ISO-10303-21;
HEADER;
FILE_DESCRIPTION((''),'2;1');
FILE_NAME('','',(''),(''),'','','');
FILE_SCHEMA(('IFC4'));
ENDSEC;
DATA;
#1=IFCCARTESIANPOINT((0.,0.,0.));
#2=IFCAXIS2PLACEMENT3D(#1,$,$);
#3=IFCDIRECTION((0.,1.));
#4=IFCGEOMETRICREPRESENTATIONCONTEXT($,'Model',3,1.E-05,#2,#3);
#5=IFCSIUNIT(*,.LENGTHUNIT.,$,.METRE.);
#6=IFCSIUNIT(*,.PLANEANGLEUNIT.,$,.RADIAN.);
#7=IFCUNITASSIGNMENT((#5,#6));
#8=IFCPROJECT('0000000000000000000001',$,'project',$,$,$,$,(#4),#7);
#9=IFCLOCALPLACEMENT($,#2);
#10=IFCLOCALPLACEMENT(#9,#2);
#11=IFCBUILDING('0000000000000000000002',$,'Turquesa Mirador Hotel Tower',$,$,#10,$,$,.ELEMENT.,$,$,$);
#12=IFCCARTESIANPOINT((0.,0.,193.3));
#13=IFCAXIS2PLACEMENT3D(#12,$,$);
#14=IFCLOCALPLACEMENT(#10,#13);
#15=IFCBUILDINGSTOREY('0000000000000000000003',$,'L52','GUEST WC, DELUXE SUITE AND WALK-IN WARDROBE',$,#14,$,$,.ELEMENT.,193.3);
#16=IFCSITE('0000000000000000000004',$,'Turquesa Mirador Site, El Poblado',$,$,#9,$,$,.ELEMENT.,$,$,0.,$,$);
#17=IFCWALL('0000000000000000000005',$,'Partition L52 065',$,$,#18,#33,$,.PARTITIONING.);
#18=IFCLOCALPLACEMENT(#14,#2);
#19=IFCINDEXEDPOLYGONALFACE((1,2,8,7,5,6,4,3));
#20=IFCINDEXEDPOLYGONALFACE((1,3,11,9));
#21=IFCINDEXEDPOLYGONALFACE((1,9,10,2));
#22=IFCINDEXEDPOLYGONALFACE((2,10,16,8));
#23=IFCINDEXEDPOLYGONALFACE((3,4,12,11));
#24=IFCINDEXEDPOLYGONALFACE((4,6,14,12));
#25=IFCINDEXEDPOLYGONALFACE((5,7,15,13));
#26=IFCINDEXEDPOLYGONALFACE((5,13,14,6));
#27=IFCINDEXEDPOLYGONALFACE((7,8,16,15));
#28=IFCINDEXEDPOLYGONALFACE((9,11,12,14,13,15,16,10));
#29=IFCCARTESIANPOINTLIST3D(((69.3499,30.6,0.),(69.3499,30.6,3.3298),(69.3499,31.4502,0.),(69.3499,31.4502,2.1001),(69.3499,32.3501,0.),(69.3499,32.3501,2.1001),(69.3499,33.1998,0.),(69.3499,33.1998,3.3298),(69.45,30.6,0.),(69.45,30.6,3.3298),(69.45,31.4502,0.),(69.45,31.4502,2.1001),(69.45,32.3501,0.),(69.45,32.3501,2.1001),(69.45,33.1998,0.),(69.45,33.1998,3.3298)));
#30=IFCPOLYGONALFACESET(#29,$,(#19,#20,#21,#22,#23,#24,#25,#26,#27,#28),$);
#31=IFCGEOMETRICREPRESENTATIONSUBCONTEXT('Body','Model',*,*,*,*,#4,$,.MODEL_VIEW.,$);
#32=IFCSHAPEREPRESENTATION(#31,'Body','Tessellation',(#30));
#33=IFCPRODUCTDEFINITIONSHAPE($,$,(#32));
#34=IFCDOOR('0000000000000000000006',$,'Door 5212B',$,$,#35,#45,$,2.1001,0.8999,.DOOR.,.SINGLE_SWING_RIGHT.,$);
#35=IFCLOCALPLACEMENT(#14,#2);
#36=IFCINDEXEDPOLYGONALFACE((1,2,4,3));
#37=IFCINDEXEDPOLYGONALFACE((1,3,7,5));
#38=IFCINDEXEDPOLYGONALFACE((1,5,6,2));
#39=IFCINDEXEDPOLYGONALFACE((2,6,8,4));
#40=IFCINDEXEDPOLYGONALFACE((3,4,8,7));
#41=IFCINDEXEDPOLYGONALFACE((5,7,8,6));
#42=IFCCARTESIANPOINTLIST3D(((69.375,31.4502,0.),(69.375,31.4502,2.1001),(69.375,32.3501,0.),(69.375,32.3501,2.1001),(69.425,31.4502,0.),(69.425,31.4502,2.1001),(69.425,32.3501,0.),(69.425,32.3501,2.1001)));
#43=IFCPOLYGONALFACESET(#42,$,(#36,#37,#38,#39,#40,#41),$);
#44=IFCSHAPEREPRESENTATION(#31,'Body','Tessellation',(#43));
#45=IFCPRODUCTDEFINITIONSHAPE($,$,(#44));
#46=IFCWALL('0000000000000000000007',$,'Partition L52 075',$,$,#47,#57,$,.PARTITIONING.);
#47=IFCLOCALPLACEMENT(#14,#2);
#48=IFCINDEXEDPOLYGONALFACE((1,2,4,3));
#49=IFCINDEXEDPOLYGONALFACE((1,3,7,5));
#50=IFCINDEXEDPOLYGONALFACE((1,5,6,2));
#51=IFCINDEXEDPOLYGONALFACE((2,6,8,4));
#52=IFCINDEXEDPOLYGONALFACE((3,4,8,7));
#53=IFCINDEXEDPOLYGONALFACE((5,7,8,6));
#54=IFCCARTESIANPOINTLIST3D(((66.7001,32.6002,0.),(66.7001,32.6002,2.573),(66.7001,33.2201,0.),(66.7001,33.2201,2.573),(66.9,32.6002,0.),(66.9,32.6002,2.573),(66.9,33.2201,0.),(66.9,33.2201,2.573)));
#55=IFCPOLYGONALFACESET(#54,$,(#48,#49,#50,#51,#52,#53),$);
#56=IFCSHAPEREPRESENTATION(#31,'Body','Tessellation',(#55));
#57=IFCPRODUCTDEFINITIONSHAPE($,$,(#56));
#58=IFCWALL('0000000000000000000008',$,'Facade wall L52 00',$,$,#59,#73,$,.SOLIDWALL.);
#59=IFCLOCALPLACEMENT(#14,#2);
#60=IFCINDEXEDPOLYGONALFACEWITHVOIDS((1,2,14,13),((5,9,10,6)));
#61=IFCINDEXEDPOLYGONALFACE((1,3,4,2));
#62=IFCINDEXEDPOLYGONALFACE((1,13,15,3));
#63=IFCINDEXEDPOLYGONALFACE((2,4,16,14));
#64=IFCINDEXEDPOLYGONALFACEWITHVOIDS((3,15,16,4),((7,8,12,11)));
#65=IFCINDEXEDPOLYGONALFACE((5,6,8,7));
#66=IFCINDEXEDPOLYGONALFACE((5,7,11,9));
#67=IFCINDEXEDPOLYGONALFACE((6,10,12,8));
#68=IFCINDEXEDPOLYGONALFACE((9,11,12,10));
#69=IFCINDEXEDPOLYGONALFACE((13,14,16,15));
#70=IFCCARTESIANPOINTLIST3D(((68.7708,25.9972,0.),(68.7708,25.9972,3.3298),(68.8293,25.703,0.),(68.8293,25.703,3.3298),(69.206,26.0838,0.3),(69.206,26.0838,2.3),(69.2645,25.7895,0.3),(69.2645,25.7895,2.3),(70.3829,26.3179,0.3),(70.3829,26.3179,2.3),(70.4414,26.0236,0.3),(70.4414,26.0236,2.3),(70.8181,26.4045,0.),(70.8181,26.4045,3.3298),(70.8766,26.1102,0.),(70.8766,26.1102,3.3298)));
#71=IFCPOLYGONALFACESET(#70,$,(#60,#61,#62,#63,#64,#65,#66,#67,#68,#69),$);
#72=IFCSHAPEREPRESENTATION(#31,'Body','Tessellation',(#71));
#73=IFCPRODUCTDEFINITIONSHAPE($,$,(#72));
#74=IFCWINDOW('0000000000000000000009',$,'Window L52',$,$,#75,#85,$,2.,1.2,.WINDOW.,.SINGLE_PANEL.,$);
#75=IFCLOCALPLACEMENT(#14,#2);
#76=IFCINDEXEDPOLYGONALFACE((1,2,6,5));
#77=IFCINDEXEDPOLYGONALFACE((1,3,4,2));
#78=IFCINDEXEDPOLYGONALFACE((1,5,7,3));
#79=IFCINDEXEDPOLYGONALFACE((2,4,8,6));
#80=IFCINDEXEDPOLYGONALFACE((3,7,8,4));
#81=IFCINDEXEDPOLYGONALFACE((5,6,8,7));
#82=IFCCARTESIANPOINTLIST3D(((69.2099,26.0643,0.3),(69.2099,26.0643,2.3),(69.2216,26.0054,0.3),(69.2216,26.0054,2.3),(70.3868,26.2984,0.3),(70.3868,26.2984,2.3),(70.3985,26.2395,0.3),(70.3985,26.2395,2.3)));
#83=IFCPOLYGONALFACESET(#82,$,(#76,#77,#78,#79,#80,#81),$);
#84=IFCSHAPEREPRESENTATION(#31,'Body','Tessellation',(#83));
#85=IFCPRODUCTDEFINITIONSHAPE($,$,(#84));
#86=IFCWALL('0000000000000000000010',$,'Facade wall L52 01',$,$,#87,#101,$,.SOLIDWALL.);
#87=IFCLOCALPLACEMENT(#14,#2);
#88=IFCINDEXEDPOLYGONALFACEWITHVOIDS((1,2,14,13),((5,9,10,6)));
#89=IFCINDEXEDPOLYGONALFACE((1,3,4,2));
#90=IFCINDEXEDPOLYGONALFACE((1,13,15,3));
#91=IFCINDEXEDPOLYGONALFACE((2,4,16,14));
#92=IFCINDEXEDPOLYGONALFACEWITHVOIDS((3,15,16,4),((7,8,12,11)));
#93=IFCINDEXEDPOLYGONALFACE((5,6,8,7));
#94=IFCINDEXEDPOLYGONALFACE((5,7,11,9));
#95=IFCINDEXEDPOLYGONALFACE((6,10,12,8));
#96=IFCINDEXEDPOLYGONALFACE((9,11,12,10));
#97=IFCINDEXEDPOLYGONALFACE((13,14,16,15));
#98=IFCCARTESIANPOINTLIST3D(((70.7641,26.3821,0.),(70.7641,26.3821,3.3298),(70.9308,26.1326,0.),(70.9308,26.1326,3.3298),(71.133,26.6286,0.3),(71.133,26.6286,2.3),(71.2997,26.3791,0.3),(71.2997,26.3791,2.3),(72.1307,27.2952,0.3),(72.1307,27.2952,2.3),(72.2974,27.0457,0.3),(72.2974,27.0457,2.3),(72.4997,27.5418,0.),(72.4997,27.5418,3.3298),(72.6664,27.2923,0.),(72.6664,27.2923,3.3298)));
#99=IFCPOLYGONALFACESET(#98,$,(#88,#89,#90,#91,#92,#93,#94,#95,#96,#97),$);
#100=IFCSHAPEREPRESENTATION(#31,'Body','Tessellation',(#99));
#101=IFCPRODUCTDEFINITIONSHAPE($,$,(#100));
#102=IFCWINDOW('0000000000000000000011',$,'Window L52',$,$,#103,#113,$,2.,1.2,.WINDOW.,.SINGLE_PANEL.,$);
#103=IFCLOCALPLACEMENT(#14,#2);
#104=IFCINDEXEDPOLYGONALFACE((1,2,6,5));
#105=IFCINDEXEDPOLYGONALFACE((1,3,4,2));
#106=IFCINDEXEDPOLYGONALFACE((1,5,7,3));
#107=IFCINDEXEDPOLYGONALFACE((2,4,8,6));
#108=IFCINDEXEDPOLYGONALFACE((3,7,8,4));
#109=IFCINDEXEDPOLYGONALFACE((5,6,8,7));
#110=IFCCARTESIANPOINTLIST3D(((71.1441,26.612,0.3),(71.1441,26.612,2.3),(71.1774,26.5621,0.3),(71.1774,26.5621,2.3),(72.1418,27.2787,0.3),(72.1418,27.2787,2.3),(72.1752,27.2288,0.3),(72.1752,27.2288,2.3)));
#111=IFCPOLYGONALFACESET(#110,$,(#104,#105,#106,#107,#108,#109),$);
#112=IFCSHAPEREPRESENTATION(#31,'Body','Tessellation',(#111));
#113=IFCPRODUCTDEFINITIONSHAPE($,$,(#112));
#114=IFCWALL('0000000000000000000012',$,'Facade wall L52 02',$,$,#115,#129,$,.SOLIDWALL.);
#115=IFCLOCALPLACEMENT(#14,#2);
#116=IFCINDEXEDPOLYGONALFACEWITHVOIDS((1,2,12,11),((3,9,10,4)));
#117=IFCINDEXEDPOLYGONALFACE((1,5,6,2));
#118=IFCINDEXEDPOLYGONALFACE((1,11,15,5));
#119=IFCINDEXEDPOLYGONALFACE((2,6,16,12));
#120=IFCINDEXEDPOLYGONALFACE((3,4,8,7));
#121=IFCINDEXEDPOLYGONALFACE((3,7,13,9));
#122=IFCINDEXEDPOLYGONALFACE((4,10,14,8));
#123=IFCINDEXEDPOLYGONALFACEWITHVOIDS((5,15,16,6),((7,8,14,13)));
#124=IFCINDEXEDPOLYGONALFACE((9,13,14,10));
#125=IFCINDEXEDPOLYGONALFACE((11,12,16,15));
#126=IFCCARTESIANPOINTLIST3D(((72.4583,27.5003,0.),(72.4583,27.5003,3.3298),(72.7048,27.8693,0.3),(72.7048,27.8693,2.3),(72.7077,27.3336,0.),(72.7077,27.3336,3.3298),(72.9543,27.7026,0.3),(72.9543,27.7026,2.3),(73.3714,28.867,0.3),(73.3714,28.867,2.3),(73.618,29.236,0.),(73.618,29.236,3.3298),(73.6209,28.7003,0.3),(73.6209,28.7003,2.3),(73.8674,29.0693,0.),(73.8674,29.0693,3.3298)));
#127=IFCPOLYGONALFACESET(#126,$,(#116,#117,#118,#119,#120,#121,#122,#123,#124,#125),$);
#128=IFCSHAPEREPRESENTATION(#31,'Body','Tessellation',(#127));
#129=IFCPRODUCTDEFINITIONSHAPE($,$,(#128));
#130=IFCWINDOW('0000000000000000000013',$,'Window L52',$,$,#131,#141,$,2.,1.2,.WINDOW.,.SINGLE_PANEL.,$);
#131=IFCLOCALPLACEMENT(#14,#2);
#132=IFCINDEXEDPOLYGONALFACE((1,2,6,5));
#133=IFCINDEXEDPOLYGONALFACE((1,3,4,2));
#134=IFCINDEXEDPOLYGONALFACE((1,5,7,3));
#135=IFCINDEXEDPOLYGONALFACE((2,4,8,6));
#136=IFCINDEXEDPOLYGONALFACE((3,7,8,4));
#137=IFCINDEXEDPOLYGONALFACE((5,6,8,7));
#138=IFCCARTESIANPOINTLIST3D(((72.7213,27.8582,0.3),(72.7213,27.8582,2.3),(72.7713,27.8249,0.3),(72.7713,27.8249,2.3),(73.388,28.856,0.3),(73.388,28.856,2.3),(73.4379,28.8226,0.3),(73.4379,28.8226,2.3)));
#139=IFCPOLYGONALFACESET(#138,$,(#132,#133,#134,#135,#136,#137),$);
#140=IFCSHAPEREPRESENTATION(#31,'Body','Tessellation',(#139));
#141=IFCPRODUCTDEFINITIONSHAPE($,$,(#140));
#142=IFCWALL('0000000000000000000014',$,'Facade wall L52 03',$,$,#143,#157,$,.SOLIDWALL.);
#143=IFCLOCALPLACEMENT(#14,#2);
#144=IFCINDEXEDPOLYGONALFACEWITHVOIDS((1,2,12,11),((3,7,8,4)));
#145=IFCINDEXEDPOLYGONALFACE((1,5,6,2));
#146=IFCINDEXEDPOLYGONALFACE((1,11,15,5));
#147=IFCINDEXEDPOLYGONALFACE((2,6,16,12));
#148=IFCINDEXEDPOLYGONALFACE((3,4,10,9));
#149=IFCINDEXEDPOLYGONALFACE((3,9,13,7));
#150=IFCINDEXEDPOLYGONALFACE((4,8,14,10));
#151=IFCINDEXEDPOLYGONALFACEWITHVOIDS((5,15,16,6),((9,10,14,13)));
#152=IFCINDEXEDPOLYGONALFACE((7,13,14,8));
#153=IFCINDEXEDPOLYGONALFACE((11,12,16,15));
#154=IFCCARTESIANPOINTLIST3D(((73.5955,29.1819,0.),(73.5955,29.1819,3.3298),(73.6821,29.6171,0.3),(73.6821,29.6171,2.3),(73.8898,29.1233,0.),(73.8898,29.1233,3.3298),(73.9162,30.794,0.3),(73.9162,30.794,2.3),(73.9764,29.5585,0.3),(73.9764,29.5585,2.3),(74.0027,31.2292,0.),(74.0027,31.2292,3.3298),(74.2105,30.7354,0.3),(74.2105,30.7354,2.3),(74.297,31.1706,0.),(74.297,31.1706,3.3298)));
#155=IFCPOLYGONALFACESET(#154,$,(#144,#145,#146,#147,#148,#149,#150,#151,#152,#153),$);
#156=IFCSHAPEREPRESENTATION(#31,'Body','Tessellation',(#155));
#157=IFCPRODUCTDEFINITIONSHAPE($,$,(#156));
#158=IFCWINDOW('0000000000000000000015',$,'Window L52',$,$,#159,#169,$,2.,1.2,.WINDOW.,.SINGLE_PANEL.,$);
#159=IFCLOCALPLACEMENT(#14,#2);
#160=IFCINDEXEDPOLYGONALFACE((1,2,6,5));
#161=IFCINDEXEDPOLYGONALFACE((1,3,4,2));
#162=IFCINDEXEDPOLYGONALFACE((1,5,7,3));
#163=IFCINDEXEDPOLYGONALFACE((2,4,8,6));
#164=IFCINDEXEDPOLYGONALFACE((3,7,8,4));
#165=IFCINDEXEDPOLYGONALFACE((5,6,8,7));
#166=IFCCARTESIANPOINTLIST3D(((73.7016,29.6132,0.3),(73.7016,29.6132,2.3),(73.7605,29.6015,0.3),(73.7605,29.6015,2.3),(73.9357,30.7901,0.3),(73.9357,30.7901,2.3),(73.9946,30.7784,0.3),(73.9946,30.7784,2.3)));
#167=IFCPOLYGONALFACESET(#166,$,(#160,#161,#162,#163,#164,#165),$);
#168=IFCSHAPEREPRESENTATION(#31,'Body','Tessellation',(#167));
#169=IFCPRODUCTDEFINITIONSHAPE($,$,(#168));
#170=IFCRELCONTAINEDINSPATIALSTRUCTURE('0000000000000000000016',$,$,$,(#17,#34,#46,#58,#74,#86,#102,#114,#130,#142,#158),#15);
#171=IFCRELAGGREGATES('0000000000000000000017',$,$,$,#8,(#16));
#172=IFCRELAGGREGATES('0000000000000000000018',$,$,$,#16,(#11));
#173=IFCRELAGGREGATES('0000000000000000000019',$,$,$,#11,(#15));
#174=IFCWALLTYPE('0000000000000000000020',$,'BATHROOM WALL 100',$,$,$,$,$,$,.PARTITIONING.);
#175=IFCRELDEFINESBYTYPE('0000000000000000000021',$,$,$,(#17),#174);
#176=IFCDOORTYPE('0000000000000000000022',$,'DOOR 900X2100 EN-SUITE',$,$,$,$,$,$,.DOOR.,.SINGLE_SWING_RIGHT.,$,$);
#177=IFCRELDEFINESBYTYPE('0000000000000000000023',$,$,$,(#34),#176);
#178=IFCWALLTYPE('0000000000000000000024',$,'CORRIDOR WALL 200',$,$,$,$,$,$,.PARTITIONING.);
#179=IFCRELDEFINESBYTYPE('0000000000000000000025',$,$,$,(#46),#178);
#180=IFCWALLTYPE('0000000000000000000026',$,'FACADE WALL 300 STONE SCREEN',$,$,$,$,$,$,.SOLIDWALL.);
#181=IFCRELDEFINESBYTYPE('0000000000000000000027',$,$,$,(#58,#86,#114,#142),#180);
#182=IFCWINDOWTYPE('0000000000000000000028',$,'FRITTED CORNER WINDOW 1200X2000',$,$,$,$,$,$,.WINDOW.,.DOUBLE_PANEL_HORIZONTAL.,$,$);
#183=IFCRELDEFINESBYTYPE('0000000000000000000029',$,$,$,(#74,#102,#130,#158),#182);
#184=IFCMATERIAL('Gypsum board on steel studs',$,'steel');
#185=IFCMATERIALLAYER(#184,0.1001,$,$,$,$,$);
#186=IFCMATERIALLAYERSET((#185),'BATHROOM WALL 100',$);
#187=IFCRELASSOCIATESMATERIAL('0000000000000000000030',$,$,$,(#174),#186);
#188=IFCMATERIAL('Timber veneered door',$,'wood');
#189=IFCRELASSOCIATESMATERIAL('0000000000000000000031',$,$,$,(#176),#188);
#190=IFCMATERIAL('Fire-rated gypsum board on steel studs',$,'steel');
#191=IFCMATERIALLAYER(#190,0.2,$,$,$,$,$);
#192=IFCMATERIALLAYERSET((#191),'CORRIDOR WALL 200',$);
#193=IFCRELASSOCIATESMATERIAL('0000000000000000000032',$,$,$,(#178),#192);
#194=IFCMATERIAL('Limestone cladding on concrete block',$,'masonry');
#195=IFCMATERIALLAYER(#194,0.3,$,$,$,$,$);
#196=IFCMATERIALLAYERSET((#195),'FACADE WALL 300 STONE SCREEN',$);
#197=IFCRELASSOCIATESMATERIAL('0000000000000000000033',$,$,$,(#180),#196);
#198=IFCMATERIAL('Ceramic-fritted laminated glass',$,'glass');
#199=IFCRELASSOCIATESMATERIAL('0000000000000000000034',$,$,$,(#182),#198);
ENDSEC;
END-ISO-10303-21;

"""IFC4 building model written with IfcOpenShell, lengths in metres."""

from ifc_helpers import new_model, si_unit, direction, frame, frame_2d, origin, place, context, subcontext, project, spatial, rectangle, extrude, material, layer, layer_set, type_object, element, fill, save


model = new_model("IFC4")

# Units and contexts
model_context = context("Model", 3, precision=1e-05, world=origin(), true_north=direction((0.0, 1.0)))
body_context = subcontext(model_context, "Body", "Model", "MODEL_VIEW")
ifc_project = project(units=[si_unit("LENGTHUNIT", "METRE"), si_unit("PLANEANGLEUNIT", "RADIAN")], contexts=[model_context])

# Site, building, storey
site_placement = place(None, origin())
site = spatial("IfcSite", under=ifc_project, at=site_placement, Name="Turquesa Mirador Site, El Poblado", CompositionType="ELEMENT", RefElevation=0.0)
building_placement = place(site_placement, origin())
building = spatial("IfcBuilding", under=site, at=building_placement, Name="Turquesa Mirador Hotel Tower", CompositionType="ELEMENT")
storey_placement = place(building_placement, frame((0.0, 0.0, 193.3)))
storey = spatial("IfcBuildingStorey", under=building, at=storey_placement, Name="L52", Description="GUEST WC, DELUXE SUITE AND WALK-IN WARDROBE", CompositionType="ELEMENT", Elevation=193.3)

# Shared definitions
ifc_material_1 = material(Name="Gypsum board on steel studs", Category="steel")
ifc_layer_1 = layer(ifc_material_1, 0.1001)
ifc_layer_set_1 = layer_set([ifc_layer_1], Name="BATHROOM WALL 100")
wall_type_1 = type_object("IfcWallType", Name="BATHROOM WALL 100", PredefinedType="PARTITIONING", material=ifc_layer_set_1)

# Wall, opening, door
wall_1_placement = place(storey_placement, frame((69.3999, 30.6001, 0.0), z_axis=(0.0, 0.0, 1.0), x_axis=(0.0, 1.0, 0.0)))
wall_1 = element("IfcWall", 1, at=wall_1_placement, inside=storey, type_object=wall_type_1, Name="Partition L52 065", PredefinedType="PARTITIONING", context=body_context, shape_type="SweptSolid", body=[
    extrude(rectangle(XDim=2.5999, YDim=0.1001, at=frame_2d((1.2998, 0.0))), origin(), (0.0, 0.0, 1.0), 3.3298),
])
opening_1_placement = place(wall_1_placement, frame((0.8501, 0.0, 0.0)))
opening_1 = element("IfcOpeningElement", 2, at=opening_1_placement, cuts=wall_1, PredefinedType="OPENING", context=body_context, shape_type="SweptSolid", body=[
    extrude(rectangle(XDim=0.8999, YDim=2.1001, at=frame_2d((0.45, 1.05))), frame((0.0, 0.0601, 0.0), z_axis=(0.0, -1.0, 0.0), x_axis=(1.0, 0.0, 0.0)), (0.0, 0.0, 1.0), 0.1201),
])
ifc_material_2 = material(Name="Timber veneered door", Category="wood")
door_type_1 = type_object("IfcDoorType", Name="DOOR 900X2100 EN-SUITE", OperationType="SINGLE_SWING_RIGHT", PredefinedType="DOOR", material=ifc_material_2)
door_1_placement = place(opening_1_placement, origin())
door_1 = element("IfcDoor", 3, at=door_1_placement, inside=storey, type_object=door_type_1, Name="Door 5212B", OperationType="SINGLE_SWING_RIGHT", OverallHeight=2.1001, OverallWidth=0.8999, PredefinedType="DOOR", context=body_context, shape_type="SweptSolid", body=[
    extrude(rectangle(XDim=0.8999, YDim=2.1001, at=frame_2d((0.45, 1.05))), frame((0.0, 0.0249, 0.0), z_axis=(0.0, -1.0, 0.0), x_axis=(1.0, 0.0, 0.0)), (0.0, 0.0, 1.0), 0.05),
])
fill(opening_1, door_1)

# Wall
ifc_material_3 = material(Name="Fire-rated gypsum board on steel studs", Category="steel")
ifc_layer_2 = layer(ifc_material_3, 0.2)
ifc_layer_set_2 = layer_set([ifc_layer_2], Name="CORRIDOR WALL 200")
wall_type_2 = type_object("IfcWallType", Name="CORRIDOR WALL 200", PredefinedType="PARTITIONING", material=ifc_layer_set_2)
wall_2_placement = place(storey_placement, frame((66.8, 32.6001, 0.0), z_axis=(0.0, 0.0, 1.0), x_axis=(0.0, 1.0, 0.0)))
element("IfcWall", 4, at=wall_2_placement, inside=storey, type_object=wall_type_2, Name="Partition L52 075", PredefinedType="PARTITIONING", context=body_context, shape_type="SweptSolid", body=[
    extrude(rectangle(XDim=0.6199, YDim=0.2, at=frame_2d((0.3101, 0.0))), origin(), (0.0, 0.0, 1.0), 2.573),
])

# Walls, openings, windows
ifc_material_4 = material(Name="Limestone cladding on concrete block", Category="masonry")
ifc_layer_3 = layer(ifc_material_4, 0.3)
ifc_layer_set_3 = layer_set([ifc_layer_3], Name="FACADE WALL 300 STONE SCREEN")
wall_type_3 = type_object("IfcWallType", Name="FACADE WALL 300 STONE SCREEN", PredefinedType="SOLIDWALL", material=ifc_layer_set_3)
wall_3_placement = place(storey_placement, frame((68.8, 25.8501, 0.0), z_axis=(0.0, 0.0, 1.0), x_axis=(0.980787, 0.195081, 0.0)))
wall_3 = element("IfcWall", 5, at=wall_3_placement, inside=storey, type_object=wall_type_3, Name="Facade wall L52 00", PredefinedType="SOLIDWALL", context=body_context, shape_type="SweptSolid", body=[
    extrude(rectangle(XDim=2.0874, YDim=0.3, at=frame_2d((1.0437, 0.0))), origin(), (0.0, 0.0, 1.0), 3.3298),
])
opening_2_placement = place(wall_3_placement, frame((0.4436, 0.0, 0.3)))
opening_2 = element("IfcOpeningElement", 6, at=opening_2_placement, cuts=wall_3, PredefinedType="OPENING", context=body_context, shape_type="SweptSolid", body=[
    extrude(rectangle(XDim=1.2, YDim=2.0, at=frame_2d((0.6001, 1.0))), frame((0.0, 0.1599, 0.0), z_axis=(0.0, -1.0, 0.0), x_axis=(1.0, 0.0, 0.0)), (0.0, 0.0, 1.0), 0.3201),
])
ifc_material_5 = material(Name="Ceramic-fritted laminated glass", Category="glass")
window_type_1 = type_object("IfcWindowType", Name="FRITTED CORNER WINDOW 1200X2000", PartitioningType="DOUBLE_PANEL_HORIZONTAL", PredefinedType="WINDOW", material=ifc_material_5)
window_1_placement = place(opening_2_placement, origin())
window_1 = element("IfcWindow", 7, at=window_1_placement, inside=storey, type_object=window_type_1, Name="Window L52", OverallHeight=2.0, OverallWidth=1.2, PartitioningType="SINGLE_PANEL", PredefinedType="WINDOW", context=body_context, shape_type="SweptSolid", body=[
    extrude(rectangle(XDim=1.2, YDim=2.0, at=frame_2d((0.6001, 1.0))), frame((0.0, 0.1301, 0.0), z_axis=(0.0, -1.0, 0.0), x_axis=(1.0, 0.0, 0.0)), (0.0, 0.0, 1.0), 0.0601),
])
fill(opening_2, window_1)
wall_4_placement = place(storey_placement, frame((70.8474, 26.2573, 0.0), z_axis=(0.0, 0.0, 1.0), x_axis=(0.831474, 0.555564, 0.0)))
wall_4 = element("IfcWall", 8, at=wall_4_placement, inside=storey, type_object=wall_type_3, Name="Facade wall L52 01", PredefinedType="SOLIDWALL", context=body_context, shape_type="SweptSolid", body=[
    extrude(rectangle(XDim=2.0874, YDim=0.3, at=frame_2d((1.0437, 0.0))), origin(), (0.0, 0.0, 1.0), 3.3298),
])
opening_3_placement = place(wall_4_placement, frame((0.4436, 0.0, 0.3)))
opening_3 = element("IfcOpeningElement", 9, at=opening_3_placement, cuts=wall_4, PredefinedType="OPENING", context=body_context, shape_type="SweptSolid", body=[
    extrude(rectangle(XDim=1.2, YDim=2.0, at=frame_2d((0.6001, 1.0))), frame((0.0, 0.1599, 0.0), z_axis=(0.0, -1.0, 0.0), x_axis=(1.0, 0.0, 0.0)), (0.0, 0.0, 1.0), 0.3201),
])
window_2_placement = place(opening_3_placement, origin())
window_2 = element("IfcWindow", 10, at=window_2_placement, inside=storey, type_object=window_type_1, Name="Window L52", OverallHeight=2.0, OverallWidth=1.2, PartitioningType="SINGLE_PANEL", PredefinedType="WINDOW", context=body_context, shape_type="SweptSolid", body=[
    extrude(rectangle(XDim=1.2, YDim=2.0, at=frame_2d((0.6001, 1.0))), frame((0.0, 0.1301, 0.0), z_axis=(0.0, -1.0, 0.0), x_axis=(1.0, 0.0, 0.0)), (0.0, 0.0, 1.0), 0.0601),
])
fill(opening_3, window_2)
wall_5_placement = place(storey_placement, frame((72.583, 27.417, 0.0), z_axis=(0.0, 0.0, 1.0), x_axis=(0.555564, 0.831474, 0.0)))
wall_5 = element("IfcWall", 11, at=wall_5_placement, inside=storey, type_object=wall_type_3, Name="Facade wall L52 02", PredefinedType="SOLIDWALL", context=body_context, shape_type="SweptSolid", body=[
    extrude(rectangle(XDim=2.0874, YDim=0.3, at=frame_2d((1.0437, 0.0))), origin(), (0.0, 0.0, 1.0), 3.3298),
])
opening_4_placement = place(wall_5_placement, frame((0.4436, 0.0, 0.3)))
opening_4 = element("IfcOpeningElement", 12, at=opening_4_placement, cuts=wall_5, PredefinedType="OPENING", context=body_context, shape_type="SweptSolid", body=[
    extrude(rectangle(XDim=1.2, YDim=2.0, at=frame_2d((0.6001, 1.0))), frame((0.0, 0.1599, 0.0), z_axis=(0.0, -1.0, 0.0), x_axis=(1.0, 0.0, 0.0)), (0.0, 0.0, 1.0), 0.3201),
])
window_3_placement = place(opening_4_placement, origin())
window_3 = element("IfcWindow", 13, at=window_3_placement, inside=storey, type_object=window_type_1, Name="Window L52", OverallHeight=2.0, OverallWidth=1.2, PartitioningType="SINGLE_PANEL", PredefinedType="WINDOW", context=body_context, shape_type="SweptSolid", body=[
    extrude(rectangle(XDim=1.2, YDim=2.0, at=frame_2d((0.6001, 1.0))), frame((0.0, 0.1301, 0.0), z_axis=(0.0, -1.0, 0.0), x_axis=(1.0, 0.0, 0.0)), (0.0, 0.0, 1.0), 0.0601),
])
fill(opening_4, window_3)
wall_6_placement = place(storey_placement, frame((73.7427, 29.1526, 0.0), z_axis=(0.0, 0.0, 1.0), x_axis=(0.195081, 0.980787, 0.0)))
wall_6 = element("IfcWall", 14, at=wall_6_placement, inside=storey, type_object=wall_type_3, Name="Facade wall L52 03", PredefinedType="SOLIDWALL", context=body_context, shape_type="SweptSolid", body=[
    extrude(rectangle(XDim=2.0874, YDim=0.3, at=frame_2d((1.0437, 0.0))), origin(), (0.0, 0.0, 1.0), 3.3298),
])
opening_5_placement = place(wall_6_placement, frame((0.4436, 0.0, 0.3)))
opening_5 = element("IfcOpeningElement", 15, at=opening_5_placement, cuts=wall_6, PredefinedType="OPENING", context=body_context, shape_type="SweptSolid", body=[
    extrude(rectangle(XDim=1.2, YDim=2.0, at=frame_2d((0.6001, 1.0))), frame((0.0, 0.1599, 0.0), z_axis=(0.0, -1.0, 0.0), x_axis=(1.0, 0.0, 0.0)), (0.0, 0.0, 1.0), 0.3201),
])
window_4_placement = place(opening_5_placement, origin())
window_4 = element("IfcWindow", 16, at=window_4_placement, inside=storey, type_object=window_type_1, Name="Window L52", OverallHeight=2.0, OverallWidth=1.2, PartitioningType="SINGLE_PANEL", PredefinedType="WINDOW", context=body_context, shape_type="SweptSolid", body=[
    extrude(rectangle(XDim=1.2, YDim=2.0, at=frame_2d((0.6001, 1.0))), frame((0.0, 0.1301, 0.0), z_axis=(0.0, -1.0, 0.0), x_axis=(1.0, 0.0, 0.0)), (0.0, 0.0, 1.0), 0.0601),
])
fill(opening_5, window_4)

save(model, "model.ifc")
